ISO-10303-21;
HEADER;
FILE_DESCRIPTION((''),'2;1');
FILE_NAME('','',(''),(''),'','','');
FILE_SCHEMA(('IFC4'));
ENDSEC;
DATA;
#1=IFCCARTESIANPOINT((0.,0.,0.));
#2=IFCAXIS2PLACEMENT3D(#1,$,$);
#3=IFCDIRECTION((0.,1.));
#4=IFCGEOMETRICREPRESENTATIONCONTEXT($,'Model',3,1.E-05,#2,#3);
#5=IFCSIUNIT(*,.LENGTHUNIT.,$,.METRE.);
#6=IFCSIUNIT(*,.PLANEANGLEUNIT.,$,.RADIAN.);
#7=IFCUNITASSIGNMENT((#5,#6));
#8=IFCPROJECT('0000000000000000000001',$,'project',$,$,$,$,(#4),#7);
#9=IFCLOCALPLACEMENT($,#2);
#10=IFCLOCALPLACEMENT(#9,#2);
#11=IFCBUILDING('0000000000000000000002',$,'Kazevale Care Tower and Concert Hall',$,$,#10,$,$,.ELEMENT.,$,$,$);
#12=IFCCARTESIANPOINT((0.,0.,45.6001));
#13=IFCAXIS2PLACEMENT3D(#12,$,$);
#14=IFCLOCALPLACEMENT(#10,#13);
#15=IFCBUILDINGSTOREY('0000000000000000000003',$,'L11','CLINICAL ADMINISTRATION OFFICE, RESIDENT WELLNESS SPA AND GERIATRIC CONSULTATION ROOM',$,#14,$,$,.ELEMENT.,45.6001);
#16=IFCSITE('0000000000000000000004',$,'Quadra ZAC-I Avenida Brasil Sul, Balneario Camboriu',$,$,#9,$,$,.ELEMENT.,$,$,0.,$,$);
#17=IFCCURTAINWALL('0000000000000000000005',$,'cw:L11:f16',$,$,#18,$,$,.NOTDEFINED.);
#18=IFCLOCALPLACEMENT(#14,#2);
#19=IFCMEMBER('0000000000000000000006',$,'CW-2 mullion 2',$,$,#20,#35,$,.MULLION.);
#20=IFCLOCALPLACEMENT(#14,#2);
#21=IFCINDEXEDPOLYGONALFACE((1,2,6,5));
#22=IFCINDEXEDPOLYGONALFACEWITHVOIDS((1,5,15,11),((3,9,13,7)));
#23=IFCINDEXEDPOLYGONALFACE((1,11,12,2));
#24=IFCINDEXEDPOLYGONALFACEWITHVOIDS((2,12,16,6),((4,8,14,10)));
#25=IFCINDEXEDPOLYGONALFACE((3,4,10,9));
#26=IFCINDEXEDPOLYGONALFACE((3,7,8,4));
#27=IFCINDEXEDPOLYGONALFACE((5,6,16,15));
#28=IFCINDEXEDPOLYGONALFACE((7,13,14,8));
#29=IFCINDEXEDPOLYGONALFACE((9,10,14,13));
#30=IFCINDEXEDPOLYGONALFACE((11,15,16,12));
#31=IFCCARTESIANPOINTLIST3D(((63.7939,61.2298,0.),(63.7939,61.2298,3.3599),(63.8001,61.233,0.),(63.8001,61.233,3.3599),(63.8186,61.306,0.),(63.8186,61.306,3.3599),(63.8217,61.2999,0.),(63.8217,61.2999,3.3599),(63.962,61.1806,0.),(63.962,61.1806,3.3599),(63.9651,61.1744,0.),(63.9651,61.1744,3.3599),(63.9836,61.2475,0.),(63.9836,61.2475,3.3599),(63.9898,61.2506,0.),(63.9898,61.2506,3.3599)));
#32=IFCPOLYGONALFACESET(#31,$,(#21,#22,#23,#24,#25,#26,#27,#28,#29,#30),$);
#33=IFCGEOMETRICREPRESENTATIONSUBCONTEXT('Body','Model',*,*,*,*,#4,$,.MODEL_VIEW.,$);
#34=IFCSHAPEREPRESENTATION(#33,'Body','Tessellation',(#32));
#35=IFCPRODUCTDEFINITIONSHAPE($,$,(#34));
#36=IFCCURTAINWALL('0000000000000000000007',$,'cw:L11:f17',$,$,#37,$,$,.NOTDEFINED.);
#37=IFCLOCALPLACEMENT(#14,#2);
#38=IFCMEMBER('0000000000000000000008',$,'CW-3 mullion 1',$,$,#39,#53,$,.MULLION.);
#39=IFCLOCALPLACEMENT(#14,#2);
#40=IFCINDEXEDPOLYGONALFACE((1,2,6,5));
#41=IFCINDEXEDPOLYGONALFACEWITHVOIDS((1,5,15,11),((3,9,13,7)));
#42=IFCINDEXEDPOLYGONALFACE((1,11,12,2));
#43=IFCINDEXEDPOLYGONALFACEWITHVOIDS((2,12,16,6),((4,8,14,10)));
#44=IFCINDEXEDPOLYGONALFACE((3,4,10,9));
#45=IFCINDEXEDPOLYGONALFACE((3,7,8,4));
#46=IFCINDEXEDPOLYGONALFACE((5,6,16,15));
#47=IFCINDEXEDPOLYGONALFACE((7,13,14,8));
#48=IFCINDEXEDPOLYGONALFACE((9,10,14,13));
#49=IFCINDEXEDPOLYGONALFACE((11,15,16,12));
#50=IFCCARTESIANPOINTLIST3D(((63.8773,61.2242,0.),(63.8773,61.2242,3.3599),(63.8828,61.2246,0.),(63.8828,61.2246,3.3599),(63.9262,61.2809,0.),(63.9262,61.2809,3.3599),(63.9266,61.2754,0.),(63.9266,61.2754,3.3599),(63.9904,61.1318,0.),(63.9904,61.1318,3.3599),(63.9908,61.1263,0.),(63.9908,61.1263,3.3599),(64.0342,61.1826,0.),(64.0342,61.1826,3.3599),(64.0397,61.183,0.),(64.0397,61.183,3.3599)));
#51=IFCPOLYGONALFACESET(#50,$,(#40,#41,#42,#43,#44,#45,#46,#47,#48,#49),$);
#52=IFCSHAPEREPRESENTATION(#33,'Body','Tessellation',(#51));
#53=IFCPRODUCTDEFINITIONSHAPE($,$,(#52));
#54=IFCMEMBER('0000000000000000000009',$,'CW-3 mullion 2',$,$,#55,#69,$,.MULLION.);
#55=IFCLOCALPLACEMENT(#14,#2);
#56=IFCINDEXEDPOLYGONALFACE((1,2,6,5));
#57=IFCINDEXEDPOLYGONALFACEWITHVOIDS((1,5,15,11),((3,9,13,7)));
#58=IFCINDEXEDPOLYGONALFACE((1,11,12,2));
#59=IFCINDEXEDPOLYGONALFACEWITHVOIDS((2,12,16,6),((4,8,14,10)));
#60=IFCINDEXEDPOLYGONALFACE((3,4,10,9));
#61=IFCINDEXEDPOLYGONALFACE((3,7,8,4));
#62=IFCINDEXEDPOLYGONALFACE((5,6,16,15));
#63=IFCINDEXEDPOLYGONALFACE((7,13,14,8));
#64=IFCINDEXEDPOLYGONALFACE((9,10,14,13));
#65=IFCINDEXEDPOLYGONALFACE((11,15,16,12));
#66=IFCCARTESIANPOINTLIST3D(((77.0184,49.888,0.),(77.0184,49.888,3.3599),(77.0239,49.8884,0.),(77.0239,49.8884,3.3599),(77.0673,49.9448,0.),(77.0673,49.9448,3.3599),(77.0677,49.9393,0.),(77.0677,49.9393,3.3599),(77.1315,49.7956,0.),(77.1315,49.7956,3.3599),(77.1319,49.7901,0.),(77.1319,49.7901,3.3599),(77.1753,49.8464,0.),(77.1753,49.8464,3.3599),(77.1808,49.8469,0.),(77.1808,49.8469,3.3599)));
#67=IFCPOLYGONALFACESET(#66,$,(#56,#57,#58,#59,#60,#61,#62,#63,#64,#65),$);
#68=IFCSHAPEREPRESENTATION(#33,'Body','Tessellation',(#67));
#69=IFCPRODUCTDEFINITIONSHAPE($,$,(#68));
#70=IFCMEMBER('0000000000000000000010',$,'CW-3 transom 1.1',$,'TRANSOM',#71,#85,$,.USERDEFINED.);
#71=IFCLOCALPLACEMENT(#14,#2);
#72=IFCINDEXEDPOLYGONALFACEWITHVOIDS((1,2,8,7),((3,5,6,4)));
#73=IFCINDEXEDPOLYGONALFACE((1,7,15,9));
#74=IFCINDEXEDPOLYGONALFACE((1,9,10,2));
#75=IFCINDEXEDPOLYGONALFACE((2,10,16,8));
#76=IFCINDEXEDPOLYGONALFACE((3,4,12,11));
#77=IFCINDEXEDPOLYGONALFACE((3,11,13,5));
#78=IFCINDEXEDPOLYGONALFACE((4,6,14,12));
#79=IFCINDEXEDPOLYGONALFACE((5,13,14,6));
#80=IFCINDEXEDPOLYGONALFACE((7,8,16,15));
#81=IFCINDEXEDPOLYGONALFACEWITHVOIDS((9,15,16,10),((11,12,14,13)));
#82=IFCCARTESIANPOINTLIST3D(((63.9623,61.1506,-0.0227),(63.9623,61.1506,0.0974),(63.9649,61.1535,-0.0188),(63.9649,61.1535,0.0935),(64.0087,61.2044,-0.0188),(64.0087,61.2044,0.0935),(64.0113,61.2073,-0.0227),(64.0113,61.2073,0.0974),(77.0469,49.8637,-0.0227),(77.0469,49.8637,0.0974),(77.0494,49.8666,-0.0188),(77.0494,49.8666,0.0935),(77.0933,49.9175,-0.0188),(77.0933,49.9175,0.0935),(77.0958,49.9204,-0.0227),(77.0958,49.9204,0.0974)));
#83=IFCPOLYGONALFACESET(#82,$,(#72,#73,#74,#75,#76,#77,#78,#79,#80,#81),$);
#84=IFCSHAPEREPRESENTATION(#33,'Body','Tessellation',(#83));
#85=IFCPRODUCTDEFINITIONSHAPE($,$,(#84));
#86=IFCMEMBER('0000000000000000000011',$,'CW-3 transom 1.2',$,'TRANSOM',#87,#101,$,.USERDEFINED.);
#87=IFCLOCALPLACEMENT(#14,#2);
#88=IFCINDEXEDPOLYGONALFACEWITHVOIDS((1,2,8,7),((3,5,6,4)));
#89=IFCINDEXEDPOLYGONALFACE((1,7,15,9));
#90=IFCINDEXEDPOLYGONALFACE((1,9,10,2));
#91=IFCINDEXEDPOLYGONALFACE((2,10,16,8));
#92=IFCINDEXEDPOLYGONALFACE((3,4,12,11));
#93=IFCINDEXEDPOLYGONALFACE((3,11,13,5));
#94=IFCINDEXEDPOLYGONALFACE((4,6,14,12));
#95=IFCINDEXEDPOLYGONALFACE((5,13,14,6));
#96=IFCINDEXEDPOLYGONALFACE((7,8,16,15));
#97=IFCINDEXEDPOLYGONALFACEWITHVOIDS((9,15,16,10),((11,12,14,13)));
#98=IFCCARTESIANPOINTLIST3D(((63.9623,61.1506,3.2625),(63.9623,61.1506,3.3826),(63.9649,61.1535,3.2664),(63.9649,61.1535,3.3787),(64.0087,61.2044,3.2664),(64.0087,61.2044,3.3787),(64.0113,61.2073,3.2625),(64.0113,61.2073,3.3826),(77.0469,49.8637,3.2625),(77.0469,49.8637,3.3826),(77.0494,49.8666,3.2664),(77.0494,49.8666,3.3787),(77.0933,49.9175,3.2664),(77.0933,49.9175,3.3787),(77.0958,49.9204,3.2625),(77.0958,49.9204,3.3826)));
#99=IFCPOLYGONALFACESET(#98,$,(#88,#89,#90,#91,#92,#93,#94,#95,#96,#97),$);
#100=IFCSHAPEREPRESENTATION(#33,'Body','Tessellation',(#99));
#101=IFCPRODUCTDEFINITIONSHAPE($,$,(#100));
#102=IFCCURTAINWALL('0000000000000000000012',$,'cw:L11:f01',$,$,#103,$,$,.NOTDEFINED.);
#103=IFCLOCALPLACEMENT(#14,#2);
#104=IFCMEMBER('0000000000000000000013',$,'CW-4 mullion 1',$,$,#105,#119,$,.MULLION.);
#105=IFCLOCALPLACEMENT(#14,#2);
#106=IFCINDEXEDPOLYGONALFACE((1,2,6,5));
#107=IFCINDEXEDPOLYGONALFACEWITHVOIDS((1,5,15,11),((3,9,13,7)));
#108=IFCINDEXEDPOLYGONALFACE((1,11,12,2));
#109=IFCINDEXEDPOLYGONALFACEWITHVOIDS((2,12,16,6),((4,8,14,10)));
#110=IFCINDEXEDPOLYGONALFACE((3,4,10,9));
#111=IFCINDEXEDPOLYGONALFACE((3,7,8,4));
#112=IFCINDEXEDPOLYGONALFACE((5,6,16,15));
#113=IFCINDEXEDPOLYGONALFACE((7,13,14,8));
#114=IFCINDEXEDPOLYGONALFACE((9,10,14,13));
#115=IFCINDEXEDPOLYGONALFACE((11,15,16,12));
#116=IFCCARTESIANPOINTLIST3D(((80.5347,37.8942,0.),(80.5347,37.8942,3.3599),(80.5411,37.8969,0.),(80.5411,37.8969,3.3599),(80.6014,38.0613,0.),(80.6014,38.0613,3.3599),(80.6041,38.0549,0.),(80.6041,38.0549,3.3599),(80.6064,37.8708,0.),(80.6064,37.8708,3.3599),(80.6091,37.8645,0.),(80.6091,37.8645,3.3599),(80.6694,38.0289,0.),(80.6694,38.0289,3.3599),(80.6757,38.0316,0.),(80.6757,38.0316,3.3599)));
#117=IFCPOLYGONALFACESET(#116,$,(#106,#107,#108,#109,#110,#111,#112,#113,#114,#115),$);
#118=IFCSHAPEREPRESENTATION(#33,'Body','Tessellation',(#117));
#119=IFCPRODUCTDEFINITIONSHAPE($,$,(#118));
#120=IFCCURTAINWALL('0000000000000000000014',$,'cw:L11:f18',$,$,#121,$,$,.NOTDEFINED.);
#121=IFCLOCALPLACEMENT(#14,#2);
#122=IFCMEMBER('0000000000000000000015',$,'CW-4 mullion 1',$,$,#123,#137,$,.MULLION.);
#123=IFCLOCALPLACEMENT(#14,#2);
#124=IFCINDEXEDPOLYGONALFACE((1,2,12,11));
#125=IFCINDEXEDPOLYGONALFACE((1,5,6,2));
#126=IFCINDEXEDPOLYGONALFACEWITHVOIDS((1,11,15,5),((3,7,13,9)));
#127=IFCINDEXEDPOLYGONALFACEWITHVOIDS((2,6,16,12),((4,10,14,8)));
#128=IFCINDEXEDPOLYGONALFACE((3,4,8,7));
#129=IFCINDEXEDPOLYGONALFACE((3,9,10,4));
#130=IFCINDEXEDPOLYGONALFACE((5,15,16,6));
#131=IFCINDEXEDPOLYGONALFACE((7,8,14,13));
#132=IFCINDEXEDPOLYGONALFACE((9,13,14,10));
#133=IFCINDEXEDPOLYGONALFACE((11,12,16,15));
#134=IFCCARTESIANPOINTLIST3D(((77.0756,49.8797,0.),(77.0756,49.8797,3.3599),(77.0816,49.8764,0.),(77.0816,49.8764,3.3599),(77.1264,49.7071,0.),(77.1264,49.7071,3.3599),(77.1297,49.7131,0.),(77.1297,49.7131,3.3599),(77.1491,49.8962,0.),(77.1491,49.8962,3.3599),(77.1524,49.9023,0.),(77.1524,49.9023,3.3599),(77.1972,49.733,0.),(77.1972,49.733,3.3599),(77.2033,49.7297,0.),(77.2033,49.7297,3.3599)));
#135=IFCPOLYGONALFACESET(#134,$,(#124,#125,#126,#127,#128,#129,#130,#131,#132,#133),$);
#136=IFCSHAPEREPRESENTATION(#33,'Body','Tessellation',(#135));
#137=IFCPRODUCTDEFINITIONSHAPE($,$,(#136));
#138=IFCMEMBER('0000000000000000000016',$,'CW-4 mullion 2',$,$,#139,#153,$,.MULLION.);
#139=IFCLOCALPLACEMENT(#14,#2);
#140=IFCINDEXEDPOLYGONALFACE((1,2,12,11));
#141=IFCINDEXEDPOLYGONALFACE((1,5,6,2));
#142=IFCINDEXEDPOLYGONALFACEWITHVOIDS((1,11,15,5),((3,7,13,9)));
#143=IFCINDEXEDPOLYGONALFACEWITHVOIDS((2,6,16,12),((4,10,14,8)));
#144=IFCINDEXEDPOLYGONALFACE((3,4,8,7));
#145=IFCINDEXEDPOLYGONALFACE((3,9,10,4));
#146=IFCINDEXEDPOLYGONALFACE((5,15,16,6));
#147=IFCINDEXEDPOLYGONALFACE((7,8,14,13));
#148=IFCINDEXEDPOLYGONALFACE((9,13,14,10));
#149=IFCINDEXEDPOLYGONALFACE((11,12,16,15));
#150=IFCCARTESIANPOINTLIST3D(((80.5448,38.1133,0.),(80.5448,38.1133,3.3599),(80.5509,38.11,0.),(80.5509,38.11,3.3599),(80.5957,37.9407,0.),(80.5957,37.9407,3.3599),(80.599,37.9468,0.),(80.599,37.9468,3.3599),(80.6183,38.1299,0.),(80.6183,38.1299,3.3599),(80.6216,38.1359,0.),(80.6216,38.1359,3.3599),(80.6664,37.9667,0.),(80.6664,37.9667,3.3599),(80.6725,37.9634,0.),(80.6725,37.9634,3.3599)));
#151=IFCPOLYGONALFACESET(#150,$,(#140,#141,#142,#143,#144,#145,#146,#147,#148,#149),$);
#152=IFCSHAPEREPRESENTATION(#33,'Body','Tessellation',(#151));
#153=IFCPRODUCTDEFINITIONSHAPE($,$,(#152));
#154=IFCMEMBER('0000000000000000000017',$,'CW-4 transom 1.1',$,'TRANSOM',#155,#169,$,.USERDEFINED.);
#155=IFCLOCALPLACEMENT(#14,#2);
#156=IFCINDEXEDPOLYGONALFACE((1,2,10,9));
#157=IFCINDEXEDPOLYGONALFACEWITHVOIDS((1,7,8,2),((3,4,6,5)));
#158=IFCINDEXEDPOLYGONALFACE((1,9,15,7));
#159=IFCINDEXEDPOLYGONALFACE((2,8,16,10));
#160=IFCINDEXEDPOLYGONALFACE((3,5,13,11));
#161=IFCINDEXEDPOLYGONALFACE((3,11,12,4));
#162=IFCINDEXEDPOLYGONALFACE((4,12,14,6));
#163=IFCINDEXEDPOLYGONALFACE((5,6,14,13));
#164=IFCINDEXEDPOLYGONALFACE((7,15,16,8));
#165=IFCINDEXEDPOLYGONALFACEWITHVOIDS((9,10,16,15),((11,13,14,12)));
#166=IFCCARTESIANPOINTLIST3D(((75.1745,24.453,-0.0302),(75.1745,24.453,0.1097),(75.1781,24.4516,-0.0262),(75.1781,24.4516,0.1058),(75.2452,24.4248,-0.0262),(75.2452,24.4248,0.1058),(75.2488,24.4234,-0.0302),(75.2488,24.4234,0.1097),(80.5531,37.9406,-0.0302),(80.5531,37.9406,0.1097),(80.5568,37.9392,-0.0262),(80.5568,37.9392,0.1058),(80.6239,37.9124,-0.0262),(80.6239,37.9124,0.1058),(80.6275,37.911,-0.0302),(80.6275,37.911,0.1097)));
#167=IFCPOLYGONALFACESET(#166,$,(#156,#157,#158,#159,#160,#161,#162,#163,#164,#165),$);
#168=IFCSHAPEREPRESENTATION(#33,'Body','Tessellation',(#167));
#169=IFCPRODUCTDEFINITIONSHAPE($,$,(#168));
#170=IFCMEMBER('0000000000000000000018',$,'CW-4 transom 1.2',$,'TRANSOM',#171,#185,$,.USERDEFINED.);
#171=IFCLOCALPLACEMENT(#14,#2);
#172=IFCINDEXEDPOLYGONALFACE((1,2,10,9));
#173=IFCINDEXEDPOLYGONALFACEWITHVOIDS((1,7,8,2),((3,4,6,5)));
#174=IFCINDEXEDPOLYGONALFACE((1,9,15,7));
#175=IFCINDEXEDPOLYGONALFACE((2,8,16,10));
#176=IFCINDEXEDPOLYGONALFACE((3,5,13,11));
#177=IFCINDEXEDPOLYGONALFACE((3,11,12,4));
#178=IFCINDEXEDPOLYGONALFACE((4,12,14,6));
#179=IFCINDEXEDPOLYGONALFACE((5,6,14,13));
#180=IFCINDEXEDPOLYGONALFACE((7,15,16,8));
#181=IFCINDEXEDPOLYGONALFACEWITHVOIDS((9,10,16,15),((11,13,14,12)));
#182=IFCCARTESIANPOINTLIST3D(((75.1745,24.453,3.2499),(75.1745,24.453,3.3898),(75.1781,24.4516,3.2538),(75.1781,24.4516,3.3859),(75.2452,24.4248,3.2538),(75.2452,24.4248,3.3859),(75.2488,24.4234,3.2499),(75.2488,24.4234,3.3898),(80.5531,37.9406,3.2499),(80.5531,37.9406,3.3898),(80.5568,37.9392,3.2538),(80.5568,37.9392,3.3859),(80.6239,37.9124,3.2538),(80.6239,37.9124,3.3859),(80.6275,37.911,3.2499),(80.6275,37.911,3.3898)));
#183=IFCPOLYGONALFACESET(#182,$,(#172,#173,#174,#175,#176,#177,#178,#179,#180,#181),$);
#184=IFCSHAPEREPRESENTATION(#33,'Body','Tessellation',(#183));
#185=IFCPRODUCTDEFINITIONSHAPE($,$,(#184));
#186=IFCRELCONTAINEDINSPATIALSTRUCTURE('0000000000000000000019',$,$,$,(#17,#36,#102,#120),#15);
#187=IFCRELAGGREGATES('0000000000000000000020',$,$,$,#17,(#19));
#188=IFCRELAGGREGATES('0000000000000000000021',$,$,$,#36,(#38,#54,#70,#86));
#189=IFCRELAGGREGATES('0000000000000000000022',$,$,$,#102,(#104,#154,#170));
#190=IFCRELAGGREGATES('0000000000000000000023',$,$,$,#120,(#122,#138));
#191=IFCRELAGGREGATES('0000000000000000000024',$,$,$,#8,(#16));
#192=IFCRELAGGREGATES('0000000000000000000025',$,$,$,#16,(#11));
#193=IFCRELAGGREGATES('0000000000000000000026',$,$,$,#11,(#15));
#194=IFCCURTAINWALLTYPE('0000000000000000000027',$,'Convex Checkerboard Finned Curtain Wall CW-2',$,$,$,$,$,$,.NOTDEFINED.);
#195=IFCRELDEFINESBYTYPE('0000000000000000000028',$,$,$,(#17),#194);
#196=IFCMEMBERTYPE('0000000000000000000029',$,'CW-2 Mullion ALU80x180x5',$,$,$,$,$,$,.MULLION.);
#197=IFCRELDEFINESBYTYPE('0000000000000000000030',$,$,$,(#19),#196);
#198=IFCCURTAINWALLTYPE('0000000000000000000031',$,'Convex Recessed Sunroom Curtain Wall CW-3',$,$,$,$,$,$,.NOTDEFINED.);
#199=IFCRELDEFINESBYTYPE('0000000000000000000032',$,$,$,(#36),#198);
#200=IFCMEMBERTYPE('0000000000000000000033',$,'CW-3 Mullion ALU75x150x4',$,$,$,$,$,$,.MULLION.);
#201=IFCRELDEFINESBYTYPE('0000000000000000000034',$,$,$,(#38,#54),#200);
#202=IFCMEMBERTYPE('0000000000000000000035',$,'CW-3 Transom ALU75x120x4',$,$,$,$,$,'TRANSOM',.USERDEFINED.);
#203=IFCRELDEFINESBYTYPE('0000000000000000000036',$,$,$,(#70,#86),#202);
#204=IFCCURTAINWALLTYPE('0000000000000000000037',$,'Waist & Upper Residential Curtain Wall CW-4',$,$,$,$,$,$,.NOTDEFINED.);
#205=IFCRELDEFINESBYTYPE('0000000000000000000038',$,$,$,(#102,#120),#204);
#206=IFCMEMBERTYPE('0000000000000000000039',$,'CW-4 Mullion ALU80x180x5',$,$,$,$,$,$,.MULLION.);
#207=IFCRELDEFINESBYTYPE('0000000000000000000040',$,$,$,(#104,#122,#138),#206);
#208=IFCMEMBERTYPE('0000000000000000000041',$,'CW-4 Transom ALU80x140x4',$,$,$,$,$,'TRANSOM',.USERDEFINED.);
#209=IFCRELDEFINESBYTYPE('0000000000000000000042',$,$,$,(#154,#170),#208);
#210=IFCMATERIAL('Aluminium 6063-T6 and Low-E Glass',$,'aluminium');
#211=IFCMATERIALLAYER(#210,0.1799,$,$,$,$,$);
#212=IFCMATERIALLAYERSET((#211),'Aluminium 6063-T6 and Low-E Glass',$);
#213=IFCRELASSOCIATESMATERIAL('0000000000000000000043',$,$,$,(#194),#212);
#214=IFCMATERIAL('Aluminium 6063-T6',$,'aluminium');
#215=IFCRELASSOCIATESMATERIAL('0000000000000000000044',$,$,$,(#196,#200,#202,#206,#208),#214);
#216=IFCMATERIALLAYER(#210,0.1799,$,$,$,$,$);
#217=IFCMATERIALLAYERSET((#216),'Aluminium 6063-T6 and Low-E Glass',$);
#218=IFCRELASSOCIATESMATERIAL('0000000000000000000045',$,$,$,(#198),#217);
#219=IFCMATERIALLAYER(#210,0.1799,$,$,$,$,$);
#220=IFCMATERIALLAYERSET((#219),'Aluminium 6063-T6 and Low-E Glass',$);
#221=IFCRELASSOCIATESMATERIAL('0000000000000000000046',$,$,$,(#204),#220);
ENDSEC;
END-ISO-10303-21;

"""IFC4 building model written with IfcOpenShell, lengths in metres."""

from ifc_helpers import new_model, si_unit, direction, frame, origin, origin_2d, place, context, subcontext, project, spatial, hollow_rectangle, extrude, material, layer, layer_set, material_profile, profile_set, type_object, element, aggregate, save


model = new_model("IFC4")

# Units and contexts
model_context = context("Model", 3, precision=1e-05, world=origin(), true_north=direction((0.0, 1.0)))
body_context = subcontext(model_context, "Body", "Model", "MODEL_VIEW")
ifc_project = project(units=[si_unit("LENGTHUNIT", "METRE"), si_unit("PLANEANGLEUNIT", "RADIAN")], contexts=[model_context])

# Site, building, storey
site_placement = place(None, origin())
site = spatial("IfcSite", under=ifc_project, at=site_placement, Name="Quadra ZAC-I Avenida Brasil Sul, Balneario Camboriu", CompositionType="ELEMENT", RefElevation=0.0)
building_placement = place(site_placement, origin())
building = spatial("IfcBuilding", under=site, at=building_placement, Name="Kazevale Care Tower and Concert Hall", CompositionType="ELEMENT")
storey_placement = place(building_placement, frame((0.0, 0.0, 45.6001)))
storey = spatial("IfcBuildingStorey", under=building, at=storey_placement, Name="L11", Description="CLINICAL ADMINISTRATION OFFICE, RESIDENT WELLNESS SPA AND GERIATRIC CONSULTATION ROOM", CompositionType="ELEMENT", Elevation=45.6001)

# Curtain wall, member
ifc_material_1 = material(Name="Aluminium 6063-T6 and Low-E Glass", Category="aluminium")
ifc_layer_1 = layer(ifc_material_1, 0.1799)
ifc_layer_set_1 = layer_set([ifc_layer_1], Name="Aluminium 6063-T6 and Low-E Glass")
curtain_wall_type_1 = type_object("IfcCurtainWallType", Name="Convex Checkerboard Finned Curtain Wall CW-2", PredefinedType="NOTDEFINED", material=ifc_layer_set_1)
curtain_wall_1_placement = place(storey_placement, origin())
curtain_wall_1 = element("IfcCurtainWall", 1, at=curtain_wall_1_placement, inside=storey, type_object=curtain_wall_type_1, Name="cw:L11:f16", PredefinedType="NOTDEFINED")
ifc_material_2 = material(Name="Aluminium 6063-T6", Category="aluminium")
ifc_material_profile_1 = material_profile(ifc_material_2, hollow_rectangle(XDim=0.0801, YDim=0.1799, WallThickness=0.0049, at=origin_2d()), Name="ALU80x180x5")
ifc_profile_set_1 = profile_set([ifc_material_profile_1], Name="Aluminium 6063-T6")
member_type_1 = type_object("IfcMemberType", Name="CW-2 Mullion ALU80x180x5", PredefinedType="MULLION", material=ifc_profile_set_1)
member_1_placement = place(storey_placement, frame((63.8918, 61.2402, 0.0), z_axis=(0.0, 0.0, 1.0), x_axis=(0.307926, 0.95141, 0.0)))
member_1 = element("IfcMember", 2, at=member_1_placement, type_object=member_type_1, Name="CW-2 mullion 2", PredefinedType="MULLION", context=body_context, shape_type="SweptSolid", body=[
    extrude(hollow_rectangle(XDim=0.0801, YDim=0.1799, WallThickness=0.0049, at=origin_2d()), origin(), (0.0, 0.0, 1.0), 3.3599),
])

# Curtain wall, members
ifc_layer_2 = layer(ifc_material_1, 0.1799)
ifc_layer_set_2 = layer_set([ifc_layer_2], Name="Aluminium 6063-T6 and Low-E Glass")
curtain_wall_type_2 = type_object("IfcCurtainWallType", Name="Convex Recessed Sunroom Curtain Wall CW-3", PredefinedType="NOTDEFINED", material=ifc_layer_set_2)
curtain_wall_2_placement = place(storey_placement, origin())
curtain_wall_2 = element("IfcCurtainWall", 3, at=curtain_wall_2_placement, inside=storey, type_object=curtain_wall_type_2, Name="cw:L11:f17", PredefinedType="NOTDEFINED")
ifc_material_profile_2 = material_profile(ifc_material_2, hollow_rectangle(XDim=0.075, YDim=0.1499, WallThickness=0.0039, at=origin_2d()), Name="ALU75x150x4")
ifc_profile_set_2 = profile_set([ifc_material_profile_2], Name="Aluminium 6063-T6")
member_type_2 = type_object("IfcMemberType", Name="CW-3 Mullion ALU75x150x4", PredefinedType="MULLION", material=ifc_profile_set_2)
member_2_placement = place(storey_placement, frame((63.9585, 61.2036, 0.0), z_axis=(0.0, 0.0, 1.0), x_axis=(0.653184, 0.7572, 0.0)))
member_2 = element("IfcMember", 4, at=member_2_placement, type_object=member_type_2, Name="CW-3 mullion 1", PredefinedType="MULLION", context=body_context, shape_type="SweptSolid", body=[
    extrude(hollow_rectangle(XDim=0.075, YDim=0.1499, WallThickness=0.0039, at=origin_2d()), origin(), (0.0, 0.0, 1.0), 3.3599),
])
member_3_placement = place(storey_placement, frame((77.0996, 49.8674, 0.0), z_axis=(0.0, 0.0, 1.0), x_axis=(0.653184, 0.7572, 0.0)))
member_3 = element("IfcMember", 5, at=member_3_placement, type_object=member_type_2, Name="CW-3 mullion 2", PredefinedType="MULLION", context=body_context, shape_type="SweptSolid", body=[
    extrude(hollow_rectangle(XDim=0.075, YDim=0.1499, WallThickness=0.0039, at=origin_2d()), origin(), (0.0, 0.0, 1.0), 3.3599),
])
ifc_material_profile_3 = material_profile(ifc_material_2, hollow_rectangle(XDim=0.075, YDim=0.1201, WallThickness=0.0039, at=origin_2d()), Name="ALU75x120x4")
ifc_profile_set_3 = profile_set([ifc_material_profile_3], Name="Aluminium 6063-T6")
member_type_3 = type_object("IfcMemberType", Name="CW-3 Transom ALU75x120x4", ElementType="TRANSOM", PredefinedType="USERDEFINED", material=ifc_profile_set_3)
member_4_placement = place(storey_placement, frame((63.9868, 61.179, 0.0374), z_axis=(0.757205, -0.653177, 0.0), x_axis=(0.653177, 0.757205, 0.0)))
member_4 = element("IfcMember", 6, at=member_4_placement, type_object=member_type_3, Name="CW-3 transom 1.1", ObjectType="TRANSOM", PredefinedType="USERDEFINED", context=body_context, shape_type="SweptSolid", body=[
    extrude(hollow_rectangle(XDim=0.075, YDim=0.1201, WallThickness=0.0039, at=origin_2d()), origin(), (0.0, 0.0, 1.0), 17.28),
])
member_5_placement = place(storey_placement, frame((63.9868, 61.179, 3.3225), z_axis=(0.757205, -0.653177, 0.0), x_axis=(0.653177, 0.757205, 0.0)))
member_5 = element("IfcMember", 7, at=member_5_placement, type_object=member_type_3, Name="CW-3 transom 1.2", ObjectType="TRANSOM", PredefinedType="USERDEFINED", context=body_context, shape_type="SweptSolid", body=[
    extrude(hollow_rectangle(XDim=0.075, YDim=0.1201, WallThickness=0.0039, at=origin_2d()), origin(), (0.0, 0.0, 1.0), 17.28),
])

# Curtain wall, member
ifc_layer_3 = layer(ifc_material_1, 0.1799)
ifc_layer_set_3 = layer_set([ifc_layer_3], Name="Aluminium 6063-T6 and Low-E Glass")
curtain_wall_type_3 = type_object("IfcCurtainWallType", Name="Waist & Upper Residential Curtain Wall CW-4", PredefinedType="NOTDEFINED", material=ifc_layer_set_3)
curtain_wall_3_placement = place(storey_placement, origin())
curtain_wall_3 = element("IfcCurtainWall", 8, at=curtain_wall_3_placement, inside=storey, type_object=curtain_wall_type_3, Name="cw:L11:f01", PredefinedType="NOTDEFINED")
ifc_material_profile_4 = material_profile(ifc_material_2, hollow_rectangle(XDim=0.0801, YDim=0.1799, WallThickness=0.0049, at=origin_2d()), Name="ALU80x180x5")
ifc_profile_set_4 = profile_set([ifc_material_profile_4], Name="Aluminium 6063-T6")
member_type_4 = type_object("IfcMemberType", Name="CW-4 Mullion ALU80x180x5", PredefinedType="MULLION", material=ifc_profile_set_4)
member_6_placement = place(storey_placement, frame((80.6052, 37.9629, 0.0), z_axis=(0.0, 0.0, 1.0), x_axis=(0.928861, -0.370427, 0.0)))
member_6 = element("IfcMember", 9, at=member_6_placement, type_object=member_type_4, Name="CW-4 mullion 1", PredefinedType="MULLION", context=body_context, shape_type="SweptSolid", body=[
    extrude(hollow_rectangle(XDim=0.0801, YDim=0.1799, WallThickness=0.0049, at=origin_2d()), origin(), (0.0, 0.0, 1.0), 3.3599),
])

# Curtain wall, members
curtain_wall_4_placement = place(storey_placement, origin())
curtain_wall_4 = element("IfcCurtainWall", 10, at=curtain_wall_4_placement, inside=storey, type_object=curtain_wall_type_3, Name="cw:L11:f18", PredefinedType="NOTDEFINED")
member_7_placement = place(storey_placement, frame((77.1394, 49.8047, 0.0), z_axis=(0.0, 0.0, 1.0), x_axis=(0.959173, 0.28282, 0.0)))
member_7 = element("IfcMember", 11, at=member_7_placement, type_object=member_type_4, Name="CW-4 mullion 1", PredefinedType="MULLION", context=body_context, shape_type="SweptSolid", body=[
    extrude(hollow_rectangle(XDim=0.0801, YDim=0.1799, WallThickness=0.0049, at=origin_2d()), origin(), (0.0, 0.0, 1.0), 3.3599),
])
member_8_placement = place(storey_placement, frame((80.6086, 38.0383, 0.0), z_axis=(0.0, 0.0, 1.0), x_axis=(0.959173, 0.28282, 0.0)))
member_8 = element("IfcMember", 12, at=member_8_placement, type_object=member_type_4, Name="CW-4 mullion 2", PredefinedType="MULLION", context=body_context, shape_type="SweptSolid", body=[
    extrude(hollow_rectangle(XDim=0.0801, YDim=0.1799, WallThickness=0.0049, at=origin_2d()), origin(), (0.0, 0.0, 1.0), 3.3599),
])

# Members
ifc_material_profile_5 = material_profile(ifc_material_2, hollow_rectangle(XDim=0.0801, YDim=0.1399, WallThickness=0.0039, at=origin_2d()), Name="ALU80x140x4")
ifc_profile_set_5 = profile_set([ifc_material_profile_5], Name="Aluminium 6063-T6")
member_type_5 = type_object("IfcMemberType", Name="CW-4 Transom ALU80x140x4", ElementType="TRANSOM", PredefinedType="USERDEFINED", material=ifc_profile_set_5)
member_9_placement = place(storey_placement, frame((80.5903, 37.9258, 0.0398), z_axis=(-0.370419, -0.928865, 0.0), x_axis=(0.928865, -0.370419, 0.0)))
member_9 = element("IfcMember", 13, at=member_9_placement, type_object=member_type_5, Name="CW-4 transom 1.1", ObjectType="TRANSOM", PredefinedType="USERDEFINED", context=body_context, shape_type="SweptSolid", body=[
    extrude(hollow_rectangle(XDim=0.0801, YDim=0.1399, WallThickness=0.0039, at=origin_2d()), origin(), (0.0, 0.0, 1.0), 14.5205),
])
member_10_placement = place(storey_placement, frame((80.5903, 37.9258, 3.3198), z_axis=(-0.370419, -0.928865, 0.0), x_axis=(0.928865, -0.370419, 0.0)))
member_10 = element("IfcMember", 14, at=member_10_placement, type_object=member_type_5, Name="CW-4 transom 1.2", ObjectType="TRANSOM", PredefinedType="USERDEFINED", context=body_context, shape_type="SweptSolid", body=[
    extrude(hollow_rectangle(XDim=0.0801, YDim=0.1399, WallThickness=0.0039, at=origin_2d()), origin(), (0.0, 0.0, 1.0), 14.5205),
])

aggregate(curtain_wall_1, [member_1])
aggregate(curtain_wall_2, [member_2, member_3, member_4, member_5])
aggregate(curtain_wall_3, [member_6, member_9, member_10])
aggregate(curtain_wall_4, [member_7, member_8])

save(model, "model.ifc")
